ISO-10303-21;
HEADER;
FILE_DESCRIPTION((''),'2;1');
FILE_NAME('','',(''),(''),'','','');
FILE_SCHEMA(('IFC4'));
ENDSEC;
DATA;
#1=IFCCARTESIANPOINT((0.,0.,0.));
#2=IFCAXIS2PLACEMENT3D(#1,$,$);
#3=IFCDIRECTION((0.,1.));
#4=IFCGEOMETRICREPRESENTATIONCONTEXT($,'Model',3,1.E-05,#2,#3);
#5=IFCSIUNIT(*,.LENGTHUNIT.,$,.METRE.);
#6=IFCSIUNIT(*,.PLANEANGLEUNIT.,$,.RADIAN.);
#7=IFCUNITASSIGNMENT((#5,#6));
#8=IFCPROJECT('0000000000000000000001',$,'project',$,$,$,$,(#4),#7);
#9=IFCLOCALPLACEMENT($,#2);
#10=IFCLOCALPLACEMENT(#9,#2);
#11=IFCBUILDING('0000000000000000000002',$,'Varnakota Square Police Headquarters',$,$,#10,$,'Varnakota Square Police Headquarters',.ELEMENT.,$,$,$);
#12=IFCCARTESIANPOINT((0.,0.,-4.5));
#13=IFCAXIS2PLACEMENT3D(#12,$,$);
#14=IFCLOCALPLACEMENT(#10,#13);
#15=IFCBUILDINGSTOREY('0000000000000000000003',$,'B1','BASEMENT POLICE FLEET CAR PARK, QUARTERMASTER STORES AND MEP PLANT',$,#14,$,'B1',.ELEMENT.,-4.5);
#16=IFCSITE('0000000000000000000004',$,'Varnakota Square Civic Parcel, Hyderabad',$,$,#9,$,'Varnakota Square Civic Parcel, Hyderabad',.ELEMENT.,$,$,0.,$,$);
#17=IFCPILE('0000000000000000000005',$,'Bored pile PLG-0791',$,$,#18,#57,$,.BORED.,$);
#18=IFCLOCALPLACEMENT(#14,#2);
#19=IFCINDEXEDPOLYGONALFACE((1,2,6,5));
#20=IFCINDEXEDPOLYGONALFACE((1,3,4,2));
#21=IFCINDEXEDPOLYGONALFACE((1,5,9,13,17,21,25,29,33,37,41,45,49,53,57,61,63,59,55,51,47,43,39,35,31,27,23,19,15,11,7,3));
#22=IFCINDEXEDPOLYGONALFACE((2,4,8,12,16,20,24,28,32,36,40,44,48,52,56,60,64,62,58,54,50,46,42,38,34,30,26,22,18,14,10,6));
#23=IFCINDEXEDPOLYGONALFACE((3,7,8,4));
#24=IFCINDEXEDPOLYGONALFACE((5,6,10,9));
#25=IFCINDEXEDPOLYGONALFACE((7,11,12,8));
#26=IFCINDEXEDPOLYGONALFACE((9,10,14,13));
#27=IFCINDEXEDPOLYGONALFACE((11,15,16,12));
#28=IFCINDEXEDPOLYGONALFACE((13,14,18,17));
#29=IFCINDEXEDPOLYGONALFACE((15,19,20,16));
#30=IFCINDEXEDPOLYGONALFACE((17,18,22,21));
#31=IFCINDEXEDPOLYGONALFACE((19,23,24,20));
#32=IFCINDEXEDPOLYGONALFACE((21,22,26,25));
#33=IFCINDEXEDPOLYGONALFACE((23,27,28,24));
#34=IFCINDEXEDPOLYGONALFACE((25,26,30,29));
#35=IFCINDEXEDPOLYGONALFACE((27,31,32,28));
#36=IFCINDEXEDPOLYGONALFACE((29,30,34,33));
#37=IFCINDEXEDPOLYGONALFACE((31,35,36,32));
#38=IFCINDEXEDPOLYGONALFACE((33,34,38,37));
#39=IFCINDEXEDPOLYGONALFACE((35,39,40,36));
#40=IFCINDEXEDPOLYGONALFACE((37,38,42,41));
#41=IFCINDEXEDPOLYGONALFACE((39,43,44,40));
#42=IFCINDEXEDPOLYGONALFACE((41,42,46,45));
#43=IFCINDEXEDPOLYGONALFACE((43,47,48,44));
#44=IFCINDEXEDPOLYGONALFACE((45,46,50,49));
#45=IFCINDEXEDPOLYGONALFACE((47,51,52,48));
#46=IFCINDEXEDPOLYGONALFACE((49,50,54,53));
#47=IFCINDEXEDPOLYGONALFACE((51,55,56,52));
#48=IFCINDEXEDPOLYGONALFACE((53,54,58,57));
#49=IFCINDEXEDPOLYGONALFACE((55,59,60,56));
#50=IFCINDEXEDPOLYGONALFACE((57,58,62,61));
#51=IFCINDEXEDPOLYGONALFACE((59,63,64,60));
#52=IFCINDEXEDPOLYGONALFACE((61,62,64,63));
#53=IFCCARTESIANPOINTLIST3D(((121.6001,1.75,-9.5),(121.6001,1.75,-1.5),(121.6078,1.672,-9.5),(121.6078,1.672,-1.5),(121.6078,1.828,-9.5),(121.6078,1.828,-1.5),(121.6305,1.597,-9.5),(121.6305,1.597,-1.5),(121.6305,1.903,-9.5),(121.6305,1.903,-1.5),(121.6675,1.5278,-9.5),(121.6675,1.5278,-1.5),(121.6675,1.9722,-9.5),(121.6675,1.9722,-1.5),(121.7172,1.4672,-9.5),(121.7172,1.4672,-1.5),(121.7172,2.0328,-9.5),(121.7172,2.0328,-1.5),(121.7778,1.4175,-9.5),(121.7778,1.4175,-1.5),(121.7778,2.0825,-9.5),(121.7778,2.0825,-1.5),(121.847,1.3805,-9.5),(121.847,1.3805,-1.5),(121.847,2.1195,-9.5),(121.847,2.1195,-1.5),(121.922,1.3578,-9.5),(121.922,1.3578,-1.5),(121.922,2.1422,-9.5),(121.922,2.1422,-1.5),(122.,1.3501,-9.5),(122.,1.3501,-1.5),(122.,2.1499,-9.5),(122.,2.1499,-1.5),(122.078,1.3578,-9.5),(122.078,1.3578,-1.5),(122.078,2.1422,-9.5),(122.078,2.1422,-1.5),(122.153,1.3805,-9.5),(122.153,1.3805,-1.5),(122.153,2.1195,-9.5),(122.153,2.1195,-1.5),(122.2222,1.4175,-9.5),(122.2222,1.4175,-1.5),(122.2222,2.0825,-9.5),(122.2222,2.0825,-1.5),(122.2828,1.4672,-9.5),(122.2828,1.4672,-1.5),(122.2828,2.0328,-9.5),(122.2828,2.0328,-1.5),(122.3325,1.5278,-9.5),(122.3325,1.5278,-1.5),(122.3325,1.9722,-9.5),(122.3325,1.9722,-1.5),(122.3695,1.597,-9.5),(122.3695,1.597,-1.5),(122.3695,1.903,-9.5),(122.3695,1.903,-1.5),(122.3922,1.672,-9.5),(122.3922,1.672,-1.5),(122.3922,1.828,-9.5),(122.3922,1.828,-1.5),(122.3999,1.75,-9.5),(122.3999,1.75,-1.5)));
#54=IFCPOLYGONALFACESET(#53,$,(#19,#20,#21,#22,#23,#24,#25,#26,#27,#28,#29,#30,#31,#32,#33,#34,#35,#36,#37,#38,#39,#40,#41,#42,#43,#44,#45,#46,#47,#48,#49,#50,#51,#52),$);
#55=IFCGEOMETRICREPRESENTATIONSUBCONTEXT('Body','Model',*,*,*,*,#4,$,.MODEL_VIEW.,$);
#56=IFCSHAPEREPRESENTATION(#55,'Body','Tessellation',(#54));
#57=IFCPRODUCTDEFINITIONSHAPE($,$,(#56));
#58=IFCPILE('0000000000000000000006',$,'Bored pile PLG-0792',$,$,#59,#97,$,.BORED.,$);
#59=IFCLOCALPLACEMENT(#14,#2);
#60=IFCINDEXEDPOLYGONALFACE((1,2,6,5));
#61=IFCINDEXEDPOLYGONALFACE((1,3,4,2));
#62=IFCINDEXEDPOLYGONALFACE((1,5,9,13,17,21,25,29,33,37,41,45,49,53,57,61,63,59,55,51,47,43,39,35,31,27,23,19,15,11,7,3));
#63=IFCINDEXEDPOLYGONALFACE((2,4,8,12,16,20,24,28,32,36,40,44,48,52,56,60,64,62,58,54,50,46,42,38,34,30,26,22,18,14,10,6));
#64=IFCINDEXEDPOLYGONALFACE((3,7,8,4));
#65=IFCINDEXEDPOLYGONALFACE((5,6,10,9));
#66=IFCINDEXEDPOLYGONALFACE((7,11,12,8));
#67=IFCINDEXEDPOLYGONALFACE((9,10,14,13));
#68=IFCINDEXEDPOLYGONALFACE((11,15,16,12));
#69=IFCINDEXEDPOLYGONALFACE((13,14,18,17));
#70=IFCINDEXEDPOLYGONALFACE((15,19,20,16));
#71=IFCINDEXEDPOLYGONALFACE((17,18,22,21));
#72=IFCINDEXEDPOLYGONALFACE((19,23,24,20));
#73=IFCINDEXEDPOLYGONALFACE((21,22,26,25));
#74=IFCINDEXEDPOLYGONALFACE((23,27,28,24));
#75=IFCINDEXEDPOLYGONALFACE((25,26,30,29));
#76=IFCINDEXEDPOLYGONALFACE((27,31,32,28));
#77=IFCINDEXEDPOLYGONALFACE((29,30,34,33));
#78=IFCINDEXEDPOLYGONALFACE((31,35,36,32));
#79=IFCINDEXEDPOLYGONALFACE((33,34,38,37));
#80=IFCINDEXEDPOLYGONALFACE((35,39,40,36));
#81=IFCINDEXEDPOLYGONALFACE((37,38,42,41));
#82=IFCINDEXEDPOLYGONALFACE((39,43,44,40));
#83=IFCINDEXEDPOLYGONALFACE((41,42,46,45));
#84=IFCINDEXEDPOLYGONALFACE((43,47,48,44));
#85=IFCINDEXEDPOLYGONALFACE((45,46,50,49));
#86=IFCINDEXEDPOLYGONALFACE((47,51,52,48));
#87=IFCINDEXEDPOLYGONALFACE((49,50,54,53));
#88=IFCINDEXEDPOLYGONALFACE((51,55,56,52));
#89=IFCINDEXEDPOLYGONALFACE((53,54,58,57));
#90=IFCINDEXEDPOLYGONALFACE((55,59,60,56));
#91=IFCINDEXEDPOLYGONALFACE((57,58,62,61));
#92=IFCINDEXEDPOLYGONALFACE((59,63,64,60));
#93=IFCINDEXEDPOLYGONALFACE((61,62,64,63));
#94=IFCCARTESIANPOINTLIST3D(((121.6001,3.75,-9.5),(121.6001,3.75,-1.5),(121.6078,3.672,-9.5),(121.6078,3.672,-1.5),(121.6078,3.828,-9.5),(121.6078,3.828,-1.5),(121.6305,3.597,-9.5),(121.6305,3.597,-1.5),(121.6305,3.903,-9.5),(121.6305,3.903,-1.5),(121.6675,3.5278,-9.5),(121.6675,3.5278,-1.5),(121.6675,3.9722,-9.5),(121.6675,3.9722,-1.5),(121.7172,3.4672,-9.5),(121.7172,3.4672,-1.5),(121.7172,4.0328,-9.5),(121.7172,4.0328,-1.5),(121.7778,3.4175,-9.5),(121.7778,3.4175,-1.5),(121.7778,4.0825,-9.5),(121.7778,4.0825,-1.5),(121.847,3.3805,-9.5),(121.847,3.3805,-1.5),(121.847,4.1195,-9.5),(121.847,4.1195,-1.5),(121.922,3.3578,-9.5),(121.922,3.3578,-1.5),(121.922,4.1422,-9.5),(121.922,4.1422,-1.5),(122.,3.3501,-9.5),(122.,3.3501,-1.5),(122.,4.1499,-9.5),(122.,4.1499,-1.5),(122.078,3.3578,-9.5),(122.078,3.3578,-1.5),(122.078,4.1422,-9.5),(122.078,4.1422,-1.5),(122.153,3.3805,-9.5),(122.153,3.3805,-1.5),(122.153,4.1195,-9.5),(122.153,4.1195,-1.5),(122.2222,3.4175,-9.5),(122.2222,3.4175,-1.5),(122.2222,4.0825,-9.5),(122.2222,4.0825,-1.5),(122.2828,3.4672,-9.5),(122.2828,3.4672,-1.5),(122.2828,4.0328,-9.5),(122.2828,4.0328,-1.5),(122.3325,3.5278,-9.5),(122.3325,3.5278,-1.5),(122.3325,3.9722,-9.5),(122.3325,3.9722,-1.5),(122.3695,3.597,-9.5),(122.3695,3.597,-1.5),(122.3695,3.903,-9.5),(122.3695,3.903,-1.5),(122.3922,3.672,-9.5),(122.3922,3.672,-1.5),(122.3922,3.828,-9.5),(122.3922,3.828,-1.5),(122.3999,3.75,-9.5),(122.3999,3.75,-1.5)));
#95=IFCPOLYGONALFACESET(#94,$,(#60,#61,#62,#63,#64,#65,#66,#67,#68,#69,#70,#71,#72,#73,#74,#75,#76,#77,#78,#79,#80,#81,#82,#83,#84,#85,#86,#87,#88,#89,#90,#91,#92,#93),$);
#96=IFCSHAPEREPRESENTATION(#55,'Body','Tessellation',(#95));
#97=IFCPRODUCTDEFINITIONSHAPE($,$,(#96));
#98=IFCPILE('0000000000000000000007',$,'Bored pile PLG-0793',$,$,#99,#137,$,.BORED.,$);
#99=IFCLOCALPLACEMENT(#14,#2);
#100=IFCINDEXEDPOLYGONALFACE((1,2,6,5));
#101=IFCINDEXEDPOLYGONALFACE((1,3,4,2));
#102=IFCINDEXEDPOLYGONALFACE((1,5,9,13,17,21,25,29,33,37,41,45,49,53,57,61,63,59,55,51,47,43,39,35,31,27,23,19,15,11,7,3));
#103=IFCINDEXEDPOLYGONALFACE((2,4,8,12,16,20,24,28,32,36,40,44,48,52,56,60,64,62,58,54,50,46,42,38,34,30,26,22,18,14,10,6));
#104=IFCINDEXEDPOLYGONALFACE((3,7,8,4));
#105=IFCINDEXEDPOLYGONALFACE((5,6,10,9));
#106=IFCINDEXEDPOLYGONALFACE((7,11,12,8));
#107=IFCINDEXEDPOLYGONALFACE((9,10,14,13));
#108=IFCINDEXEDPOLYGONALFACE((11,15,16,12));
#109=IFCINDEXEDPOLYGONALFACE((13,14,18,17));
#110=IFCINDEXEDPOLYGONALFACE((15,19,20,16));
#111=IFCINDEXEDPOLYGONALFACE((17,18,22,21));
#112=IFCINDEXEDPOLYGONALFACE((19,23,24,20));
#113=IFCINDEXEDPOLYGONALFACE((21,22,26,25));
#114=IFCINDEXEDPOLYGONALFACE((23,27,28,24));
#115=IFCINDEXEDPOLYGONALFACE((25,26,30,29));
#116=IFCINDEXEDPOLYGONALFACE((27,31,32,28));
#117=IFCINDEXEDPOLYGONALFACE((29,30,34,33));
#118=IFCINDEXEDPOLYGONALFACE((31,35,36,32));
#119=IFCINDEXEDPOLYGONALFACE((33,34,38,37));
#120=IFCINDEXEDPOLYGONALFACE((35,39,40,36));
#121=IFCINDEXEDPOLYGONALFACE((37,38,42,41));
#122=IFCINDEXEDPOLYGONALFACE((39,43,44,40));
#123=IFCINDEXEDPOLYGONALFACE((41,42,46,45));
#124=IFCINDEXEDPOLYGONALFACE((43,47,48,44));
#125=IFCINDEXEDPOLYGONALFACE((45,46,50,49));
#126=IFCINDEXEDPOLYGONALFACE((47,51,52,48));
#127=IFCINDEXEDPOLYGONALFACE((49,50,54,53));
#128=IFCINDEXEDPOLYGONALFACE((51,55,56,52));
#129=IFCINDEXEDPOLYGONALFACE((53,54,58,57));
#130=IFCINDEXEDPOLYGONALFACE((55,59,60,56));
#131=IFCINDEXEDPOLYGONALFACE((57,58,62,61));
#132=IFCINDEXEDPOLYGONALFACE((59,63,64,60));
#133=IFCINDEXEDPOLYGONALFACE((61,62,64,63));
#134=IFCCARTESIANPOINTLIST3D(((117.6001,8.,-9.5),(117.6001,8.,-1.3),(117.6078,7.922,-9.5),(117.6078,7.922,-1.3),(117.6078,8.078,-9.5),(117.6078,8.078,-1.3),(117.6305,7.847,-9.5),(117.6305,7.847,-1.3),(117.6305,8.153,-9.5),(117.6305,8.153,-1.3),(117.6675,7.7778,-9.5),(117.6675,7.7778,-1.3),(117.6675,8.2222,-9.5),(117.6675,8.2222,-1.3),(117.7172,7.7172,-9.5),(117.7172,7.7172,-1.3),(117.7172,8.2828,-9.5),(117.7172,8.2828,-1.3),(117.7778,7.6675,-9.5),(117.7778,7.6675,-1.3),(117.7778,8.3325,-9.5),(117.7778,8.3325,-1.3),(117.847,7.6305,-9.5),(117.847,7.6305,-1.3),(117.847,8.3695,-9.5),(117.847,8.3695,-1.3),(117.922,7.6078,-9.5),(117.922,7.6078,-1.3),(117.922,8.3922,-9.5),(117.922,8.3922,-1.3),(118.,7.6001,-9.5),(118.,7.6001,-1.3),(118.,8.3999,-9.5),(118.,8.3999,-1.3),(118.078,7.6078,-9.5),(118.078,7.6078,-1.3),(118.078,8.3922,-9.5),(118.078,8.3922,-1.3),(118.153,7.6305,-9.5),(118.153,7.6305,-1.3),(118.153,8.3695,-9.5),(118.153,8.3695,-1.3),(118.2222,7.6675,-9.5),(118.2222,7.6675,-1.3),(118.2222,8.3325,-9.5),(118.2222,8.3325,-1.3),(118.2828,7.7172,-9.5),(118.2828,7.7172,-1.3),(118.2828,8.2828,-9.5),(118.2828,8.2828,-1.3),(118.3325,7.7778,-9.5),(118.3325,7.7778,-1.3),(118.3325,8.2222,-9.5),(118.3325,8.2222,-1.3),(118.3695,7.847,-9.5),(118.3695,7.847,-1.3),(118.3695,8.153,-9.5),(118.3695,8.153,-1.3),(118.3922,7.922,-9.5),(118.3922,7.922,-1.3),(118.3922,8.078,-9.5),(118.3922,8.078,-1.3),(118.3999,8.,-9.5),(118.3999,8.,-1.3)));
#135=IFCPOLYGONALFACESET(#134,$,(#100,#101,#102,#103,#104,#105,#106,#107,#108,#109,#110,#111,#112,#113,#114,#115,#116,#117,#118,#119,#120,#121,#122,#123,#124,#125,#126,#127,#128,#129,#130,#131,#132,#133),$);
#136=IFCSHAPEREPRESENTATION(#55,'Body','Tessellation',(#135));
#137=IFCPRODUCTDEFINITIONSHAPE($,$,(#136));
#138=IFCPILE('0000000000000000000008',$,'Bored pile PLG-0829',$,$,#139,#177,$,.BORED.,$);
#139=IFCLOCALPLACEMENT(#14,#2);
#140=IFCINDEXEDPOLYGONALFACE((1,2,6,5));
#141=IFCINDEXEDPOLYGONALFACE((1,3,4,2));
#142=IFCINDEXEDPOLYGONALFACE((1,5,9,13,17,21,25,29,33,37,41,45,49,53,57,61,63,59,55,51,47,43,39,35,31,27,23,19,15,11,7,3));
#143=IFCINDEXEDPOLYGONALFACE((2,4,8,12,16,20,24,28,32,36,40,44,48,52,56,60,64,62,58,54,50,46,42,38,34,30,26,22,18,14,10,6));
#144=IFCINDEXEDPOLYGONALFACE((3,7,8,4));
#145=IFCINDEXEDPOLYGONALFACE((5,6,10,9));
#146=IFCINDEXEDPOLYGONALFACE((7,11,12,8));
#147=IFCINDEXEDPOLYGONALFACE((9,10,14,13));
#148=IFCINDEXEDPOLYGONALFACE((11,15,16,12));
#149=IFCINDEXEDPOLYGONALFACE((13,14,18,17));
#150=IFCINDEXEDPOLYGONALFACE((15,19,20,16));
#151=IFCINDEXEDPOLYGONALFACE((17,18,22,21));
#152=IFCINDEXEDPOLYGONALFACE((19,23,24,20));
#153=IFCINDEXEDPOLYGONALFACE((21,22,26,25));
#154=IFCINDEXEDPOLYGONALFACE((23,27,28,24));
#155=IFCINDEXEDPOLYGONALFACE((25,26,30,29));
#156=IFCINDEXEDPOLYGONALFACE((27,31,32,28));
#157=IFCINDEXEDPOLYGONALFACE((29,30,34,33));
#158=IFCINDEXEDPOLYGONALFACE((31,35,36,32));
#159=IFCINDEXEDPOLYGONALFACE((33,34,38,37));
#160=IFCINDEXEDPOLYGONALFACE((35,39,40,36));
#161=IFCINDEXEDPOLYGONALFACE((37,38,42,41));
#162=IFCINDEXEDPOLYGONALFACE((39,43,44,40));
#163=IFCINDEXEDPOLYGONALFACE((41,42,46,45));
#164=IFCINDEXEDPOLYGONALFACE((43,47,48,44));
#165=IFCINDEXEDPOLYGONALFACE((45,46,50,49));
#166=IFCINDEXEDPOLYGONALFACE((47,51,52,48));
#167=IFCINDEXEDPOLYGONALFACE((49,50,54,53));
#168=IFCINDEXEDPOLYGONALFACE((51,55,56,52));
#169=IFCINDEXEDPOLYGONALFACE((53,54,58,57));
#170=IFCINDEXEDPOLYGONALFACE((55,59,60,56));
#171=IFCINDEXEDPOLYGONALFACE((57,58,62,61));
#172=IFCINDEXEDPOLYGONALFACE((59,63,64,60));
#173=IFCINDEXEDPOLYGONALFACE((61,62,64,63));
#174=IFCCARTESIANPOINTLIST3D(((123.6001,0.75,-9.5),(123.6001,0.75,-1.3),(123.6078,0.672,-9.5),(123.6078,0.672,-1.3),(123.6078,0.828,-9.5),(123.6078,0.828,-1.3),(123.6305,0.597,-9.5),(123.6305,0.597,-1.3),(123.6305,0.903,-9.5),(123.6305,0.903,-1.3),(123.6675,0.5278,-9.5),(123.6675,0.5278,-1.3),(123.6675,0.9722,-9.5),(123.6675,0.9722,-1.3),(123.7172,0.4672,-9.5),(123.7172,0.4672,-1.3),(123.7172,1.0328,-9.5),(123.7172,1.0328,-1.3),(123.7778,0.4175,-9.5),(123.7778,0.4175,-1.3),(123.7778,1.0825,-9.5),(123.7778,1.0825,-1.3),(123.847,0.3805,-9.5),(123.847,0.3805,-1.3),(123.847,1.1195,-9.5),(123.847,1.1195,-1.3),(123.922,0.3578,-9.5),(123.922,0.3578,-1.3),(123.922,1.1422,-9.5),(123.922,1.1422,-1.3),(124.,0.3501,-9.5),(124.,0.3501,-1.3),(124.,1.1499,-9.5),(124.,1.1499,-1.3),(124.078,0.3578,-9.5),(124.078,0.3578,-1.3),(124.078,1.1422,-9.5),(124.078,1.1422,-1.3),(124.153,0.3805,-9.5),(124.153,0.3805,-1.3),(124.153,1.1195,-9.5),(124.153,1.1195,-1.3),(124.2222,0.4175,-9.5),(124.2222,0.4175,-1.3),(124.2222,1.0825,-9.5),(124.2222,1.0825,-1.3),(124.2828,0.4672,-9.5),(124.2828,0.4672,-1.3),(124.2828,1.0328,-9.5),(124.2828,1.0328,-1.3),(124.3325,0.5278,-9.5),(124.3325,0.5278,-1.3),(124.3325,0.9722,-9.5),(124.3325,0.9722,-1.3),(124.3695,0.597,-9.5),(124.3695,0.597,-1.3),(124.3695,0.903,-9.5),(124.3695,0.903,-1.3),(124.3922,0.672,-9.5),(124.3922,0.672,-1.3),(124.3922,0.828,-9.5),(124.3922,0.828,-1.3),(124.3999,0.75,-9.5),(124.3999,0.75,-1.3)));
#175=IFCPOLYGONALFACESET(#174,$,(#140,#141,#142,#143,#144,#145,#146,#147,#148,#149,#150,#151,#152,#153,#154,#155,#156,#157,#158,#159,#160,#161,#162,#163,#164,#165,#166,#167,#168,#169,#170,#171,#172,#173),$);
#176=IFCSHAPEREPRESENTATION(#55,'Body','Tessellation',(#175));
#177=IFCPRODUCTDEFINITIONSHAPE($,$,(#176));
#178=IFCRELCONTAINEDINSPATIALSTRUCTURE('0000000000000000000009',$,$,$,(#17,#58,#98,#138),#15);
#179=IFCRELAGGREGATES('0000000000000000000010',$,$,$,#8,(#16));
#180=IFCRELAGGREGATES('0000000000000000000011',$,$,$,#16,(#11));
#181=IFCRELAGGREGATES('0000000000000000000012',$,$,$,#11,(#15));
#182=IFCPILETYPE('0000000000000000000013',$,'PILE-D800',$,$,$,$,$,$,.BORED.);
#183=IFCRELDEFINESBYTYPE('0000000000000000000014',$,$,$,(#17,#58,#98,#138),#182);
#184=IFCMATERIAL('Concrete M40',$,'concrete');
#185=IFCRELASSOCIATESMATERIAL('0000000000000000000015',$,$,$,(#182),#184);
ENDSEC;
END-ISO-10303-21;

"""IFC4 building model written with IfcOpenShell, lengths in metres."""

from ifc_helpers import new_model, si_unit, direction, frame, origin, origin_2d, place, context, subcontext, project, spatial, circle, extrude, material, material_profile, profile_set, type_object, element, save


model = new_model("IFC4")

# Units and contexts
model_context = context("Model", 3, precision=1e-05, world=origin(), true_north=direction((0.0, 1.0)))
body_context = subcontext(model_context, "Body", "Model", "MODEL_VIEW")
ifc_project = project(units=[si_unit("LENGTHUNIT", "METRE"), si_unit("PLANEANGLEUNIT", "RADIAN")], contexts=[model_context])

# Site, building, storey
site_placement = place(None, origin())
site = spatial("IfcSite", under=ifc_project, at=site_placement, Name="Varnakota Square Civic Parcel, Hyderabad", LongName="Varnakota Square Civic Parcel, Hyderabad", CompositionType="ELEMENT", RefElevation=0.0)
building_placement = place(site_placement, origin())
building = spatial("IfcBuilding", under=site, at=building_placement, Name="Varnakota Square Police Headquarters", LongName="Varnakota Square Police Headquarters", CompositionType="ELEMENT")
storey_placement = place(building_placement, frame((0.0, 0.0, -4.5)))
storey = spatial("IfcBuildingStorey", under=building, at=storey_placement, Name="B1", Description="BASEMENT POLICE FLEET CAR PARK, QUARTERMASTER STORES AND MEP PLANT", LongName="B1", CompositionType="ELEMENT", Elevation=-4.5)

# Shared definitions
ifc_material_1 = material(Name="Concrete M40", Category="concrete")

# Piles
ifc_material_profile_1 = material_profile(ifc_material_1, circle(Radius=0.3999, at=origin_2d()), Name="BORED PILE 800")
ifc_profile_set_1 = profile_set([ifc_material_profile_1], Name="Concrete M40")
pile_type = type_object("IfcPileType", Name="PILE-D800", PredefinedType="BORED", material=ifc_profile_set_1)
for number, where, z_axis, x_axis, name in (
    (1, (122.0, 1.75, -1.5), (0.0, 0.0, -1.0), (1.0, 0.0, 0.0), "Bored pile PLG-0791"),
    (2, (122.0, 3.75, -1.5), (0.0, 0.0, -1.0), (1.0, 0.0, 0.0), "Bored pile PLG-0792"),
):
    element("IfcPile", number, at=place(storey_placement, frame(where, z_axis=z_axis, x_axis=x_axis)), inside=storey, type_object=pile_type, Name=name, PredefinedType="BORED", context=body_context, shape_type="SweptSolid", body=[
        extrude(circle(Radius=0.3999, at=origin_2d()), origin(), (0.0, 0.0, 1.0), 8.0),
    ])
for number, where, z_axis, x_axis, name in (
    (3, (118.0, 8.0, -1.3), (0.0, 0.0, -1.0), (1.0, 0.0, 0.0), "Bored pile PLG-0793"),
    (4, (124.0, 0.75, -1.3), (0.0, 0.0, -1.0), (1.0, 0.0, 0.0), "Bored pile PLG-0829"),
):
    element("IfcPile", number, at=place(storey_placement, frame(where, z_axis=z_axis, x_axis=x_axis)), inside=storey, type_object=pile_type, Name=name, PredefinedType="BORED", context=body_context, shape_type="SweptSolid", body=[
        extrude(circle(Radius=0.3999, at=origin_2d()), origin(), (0.0, 0.0, 1.0), 8.2),
    ])

save(model, "model.ifc")
